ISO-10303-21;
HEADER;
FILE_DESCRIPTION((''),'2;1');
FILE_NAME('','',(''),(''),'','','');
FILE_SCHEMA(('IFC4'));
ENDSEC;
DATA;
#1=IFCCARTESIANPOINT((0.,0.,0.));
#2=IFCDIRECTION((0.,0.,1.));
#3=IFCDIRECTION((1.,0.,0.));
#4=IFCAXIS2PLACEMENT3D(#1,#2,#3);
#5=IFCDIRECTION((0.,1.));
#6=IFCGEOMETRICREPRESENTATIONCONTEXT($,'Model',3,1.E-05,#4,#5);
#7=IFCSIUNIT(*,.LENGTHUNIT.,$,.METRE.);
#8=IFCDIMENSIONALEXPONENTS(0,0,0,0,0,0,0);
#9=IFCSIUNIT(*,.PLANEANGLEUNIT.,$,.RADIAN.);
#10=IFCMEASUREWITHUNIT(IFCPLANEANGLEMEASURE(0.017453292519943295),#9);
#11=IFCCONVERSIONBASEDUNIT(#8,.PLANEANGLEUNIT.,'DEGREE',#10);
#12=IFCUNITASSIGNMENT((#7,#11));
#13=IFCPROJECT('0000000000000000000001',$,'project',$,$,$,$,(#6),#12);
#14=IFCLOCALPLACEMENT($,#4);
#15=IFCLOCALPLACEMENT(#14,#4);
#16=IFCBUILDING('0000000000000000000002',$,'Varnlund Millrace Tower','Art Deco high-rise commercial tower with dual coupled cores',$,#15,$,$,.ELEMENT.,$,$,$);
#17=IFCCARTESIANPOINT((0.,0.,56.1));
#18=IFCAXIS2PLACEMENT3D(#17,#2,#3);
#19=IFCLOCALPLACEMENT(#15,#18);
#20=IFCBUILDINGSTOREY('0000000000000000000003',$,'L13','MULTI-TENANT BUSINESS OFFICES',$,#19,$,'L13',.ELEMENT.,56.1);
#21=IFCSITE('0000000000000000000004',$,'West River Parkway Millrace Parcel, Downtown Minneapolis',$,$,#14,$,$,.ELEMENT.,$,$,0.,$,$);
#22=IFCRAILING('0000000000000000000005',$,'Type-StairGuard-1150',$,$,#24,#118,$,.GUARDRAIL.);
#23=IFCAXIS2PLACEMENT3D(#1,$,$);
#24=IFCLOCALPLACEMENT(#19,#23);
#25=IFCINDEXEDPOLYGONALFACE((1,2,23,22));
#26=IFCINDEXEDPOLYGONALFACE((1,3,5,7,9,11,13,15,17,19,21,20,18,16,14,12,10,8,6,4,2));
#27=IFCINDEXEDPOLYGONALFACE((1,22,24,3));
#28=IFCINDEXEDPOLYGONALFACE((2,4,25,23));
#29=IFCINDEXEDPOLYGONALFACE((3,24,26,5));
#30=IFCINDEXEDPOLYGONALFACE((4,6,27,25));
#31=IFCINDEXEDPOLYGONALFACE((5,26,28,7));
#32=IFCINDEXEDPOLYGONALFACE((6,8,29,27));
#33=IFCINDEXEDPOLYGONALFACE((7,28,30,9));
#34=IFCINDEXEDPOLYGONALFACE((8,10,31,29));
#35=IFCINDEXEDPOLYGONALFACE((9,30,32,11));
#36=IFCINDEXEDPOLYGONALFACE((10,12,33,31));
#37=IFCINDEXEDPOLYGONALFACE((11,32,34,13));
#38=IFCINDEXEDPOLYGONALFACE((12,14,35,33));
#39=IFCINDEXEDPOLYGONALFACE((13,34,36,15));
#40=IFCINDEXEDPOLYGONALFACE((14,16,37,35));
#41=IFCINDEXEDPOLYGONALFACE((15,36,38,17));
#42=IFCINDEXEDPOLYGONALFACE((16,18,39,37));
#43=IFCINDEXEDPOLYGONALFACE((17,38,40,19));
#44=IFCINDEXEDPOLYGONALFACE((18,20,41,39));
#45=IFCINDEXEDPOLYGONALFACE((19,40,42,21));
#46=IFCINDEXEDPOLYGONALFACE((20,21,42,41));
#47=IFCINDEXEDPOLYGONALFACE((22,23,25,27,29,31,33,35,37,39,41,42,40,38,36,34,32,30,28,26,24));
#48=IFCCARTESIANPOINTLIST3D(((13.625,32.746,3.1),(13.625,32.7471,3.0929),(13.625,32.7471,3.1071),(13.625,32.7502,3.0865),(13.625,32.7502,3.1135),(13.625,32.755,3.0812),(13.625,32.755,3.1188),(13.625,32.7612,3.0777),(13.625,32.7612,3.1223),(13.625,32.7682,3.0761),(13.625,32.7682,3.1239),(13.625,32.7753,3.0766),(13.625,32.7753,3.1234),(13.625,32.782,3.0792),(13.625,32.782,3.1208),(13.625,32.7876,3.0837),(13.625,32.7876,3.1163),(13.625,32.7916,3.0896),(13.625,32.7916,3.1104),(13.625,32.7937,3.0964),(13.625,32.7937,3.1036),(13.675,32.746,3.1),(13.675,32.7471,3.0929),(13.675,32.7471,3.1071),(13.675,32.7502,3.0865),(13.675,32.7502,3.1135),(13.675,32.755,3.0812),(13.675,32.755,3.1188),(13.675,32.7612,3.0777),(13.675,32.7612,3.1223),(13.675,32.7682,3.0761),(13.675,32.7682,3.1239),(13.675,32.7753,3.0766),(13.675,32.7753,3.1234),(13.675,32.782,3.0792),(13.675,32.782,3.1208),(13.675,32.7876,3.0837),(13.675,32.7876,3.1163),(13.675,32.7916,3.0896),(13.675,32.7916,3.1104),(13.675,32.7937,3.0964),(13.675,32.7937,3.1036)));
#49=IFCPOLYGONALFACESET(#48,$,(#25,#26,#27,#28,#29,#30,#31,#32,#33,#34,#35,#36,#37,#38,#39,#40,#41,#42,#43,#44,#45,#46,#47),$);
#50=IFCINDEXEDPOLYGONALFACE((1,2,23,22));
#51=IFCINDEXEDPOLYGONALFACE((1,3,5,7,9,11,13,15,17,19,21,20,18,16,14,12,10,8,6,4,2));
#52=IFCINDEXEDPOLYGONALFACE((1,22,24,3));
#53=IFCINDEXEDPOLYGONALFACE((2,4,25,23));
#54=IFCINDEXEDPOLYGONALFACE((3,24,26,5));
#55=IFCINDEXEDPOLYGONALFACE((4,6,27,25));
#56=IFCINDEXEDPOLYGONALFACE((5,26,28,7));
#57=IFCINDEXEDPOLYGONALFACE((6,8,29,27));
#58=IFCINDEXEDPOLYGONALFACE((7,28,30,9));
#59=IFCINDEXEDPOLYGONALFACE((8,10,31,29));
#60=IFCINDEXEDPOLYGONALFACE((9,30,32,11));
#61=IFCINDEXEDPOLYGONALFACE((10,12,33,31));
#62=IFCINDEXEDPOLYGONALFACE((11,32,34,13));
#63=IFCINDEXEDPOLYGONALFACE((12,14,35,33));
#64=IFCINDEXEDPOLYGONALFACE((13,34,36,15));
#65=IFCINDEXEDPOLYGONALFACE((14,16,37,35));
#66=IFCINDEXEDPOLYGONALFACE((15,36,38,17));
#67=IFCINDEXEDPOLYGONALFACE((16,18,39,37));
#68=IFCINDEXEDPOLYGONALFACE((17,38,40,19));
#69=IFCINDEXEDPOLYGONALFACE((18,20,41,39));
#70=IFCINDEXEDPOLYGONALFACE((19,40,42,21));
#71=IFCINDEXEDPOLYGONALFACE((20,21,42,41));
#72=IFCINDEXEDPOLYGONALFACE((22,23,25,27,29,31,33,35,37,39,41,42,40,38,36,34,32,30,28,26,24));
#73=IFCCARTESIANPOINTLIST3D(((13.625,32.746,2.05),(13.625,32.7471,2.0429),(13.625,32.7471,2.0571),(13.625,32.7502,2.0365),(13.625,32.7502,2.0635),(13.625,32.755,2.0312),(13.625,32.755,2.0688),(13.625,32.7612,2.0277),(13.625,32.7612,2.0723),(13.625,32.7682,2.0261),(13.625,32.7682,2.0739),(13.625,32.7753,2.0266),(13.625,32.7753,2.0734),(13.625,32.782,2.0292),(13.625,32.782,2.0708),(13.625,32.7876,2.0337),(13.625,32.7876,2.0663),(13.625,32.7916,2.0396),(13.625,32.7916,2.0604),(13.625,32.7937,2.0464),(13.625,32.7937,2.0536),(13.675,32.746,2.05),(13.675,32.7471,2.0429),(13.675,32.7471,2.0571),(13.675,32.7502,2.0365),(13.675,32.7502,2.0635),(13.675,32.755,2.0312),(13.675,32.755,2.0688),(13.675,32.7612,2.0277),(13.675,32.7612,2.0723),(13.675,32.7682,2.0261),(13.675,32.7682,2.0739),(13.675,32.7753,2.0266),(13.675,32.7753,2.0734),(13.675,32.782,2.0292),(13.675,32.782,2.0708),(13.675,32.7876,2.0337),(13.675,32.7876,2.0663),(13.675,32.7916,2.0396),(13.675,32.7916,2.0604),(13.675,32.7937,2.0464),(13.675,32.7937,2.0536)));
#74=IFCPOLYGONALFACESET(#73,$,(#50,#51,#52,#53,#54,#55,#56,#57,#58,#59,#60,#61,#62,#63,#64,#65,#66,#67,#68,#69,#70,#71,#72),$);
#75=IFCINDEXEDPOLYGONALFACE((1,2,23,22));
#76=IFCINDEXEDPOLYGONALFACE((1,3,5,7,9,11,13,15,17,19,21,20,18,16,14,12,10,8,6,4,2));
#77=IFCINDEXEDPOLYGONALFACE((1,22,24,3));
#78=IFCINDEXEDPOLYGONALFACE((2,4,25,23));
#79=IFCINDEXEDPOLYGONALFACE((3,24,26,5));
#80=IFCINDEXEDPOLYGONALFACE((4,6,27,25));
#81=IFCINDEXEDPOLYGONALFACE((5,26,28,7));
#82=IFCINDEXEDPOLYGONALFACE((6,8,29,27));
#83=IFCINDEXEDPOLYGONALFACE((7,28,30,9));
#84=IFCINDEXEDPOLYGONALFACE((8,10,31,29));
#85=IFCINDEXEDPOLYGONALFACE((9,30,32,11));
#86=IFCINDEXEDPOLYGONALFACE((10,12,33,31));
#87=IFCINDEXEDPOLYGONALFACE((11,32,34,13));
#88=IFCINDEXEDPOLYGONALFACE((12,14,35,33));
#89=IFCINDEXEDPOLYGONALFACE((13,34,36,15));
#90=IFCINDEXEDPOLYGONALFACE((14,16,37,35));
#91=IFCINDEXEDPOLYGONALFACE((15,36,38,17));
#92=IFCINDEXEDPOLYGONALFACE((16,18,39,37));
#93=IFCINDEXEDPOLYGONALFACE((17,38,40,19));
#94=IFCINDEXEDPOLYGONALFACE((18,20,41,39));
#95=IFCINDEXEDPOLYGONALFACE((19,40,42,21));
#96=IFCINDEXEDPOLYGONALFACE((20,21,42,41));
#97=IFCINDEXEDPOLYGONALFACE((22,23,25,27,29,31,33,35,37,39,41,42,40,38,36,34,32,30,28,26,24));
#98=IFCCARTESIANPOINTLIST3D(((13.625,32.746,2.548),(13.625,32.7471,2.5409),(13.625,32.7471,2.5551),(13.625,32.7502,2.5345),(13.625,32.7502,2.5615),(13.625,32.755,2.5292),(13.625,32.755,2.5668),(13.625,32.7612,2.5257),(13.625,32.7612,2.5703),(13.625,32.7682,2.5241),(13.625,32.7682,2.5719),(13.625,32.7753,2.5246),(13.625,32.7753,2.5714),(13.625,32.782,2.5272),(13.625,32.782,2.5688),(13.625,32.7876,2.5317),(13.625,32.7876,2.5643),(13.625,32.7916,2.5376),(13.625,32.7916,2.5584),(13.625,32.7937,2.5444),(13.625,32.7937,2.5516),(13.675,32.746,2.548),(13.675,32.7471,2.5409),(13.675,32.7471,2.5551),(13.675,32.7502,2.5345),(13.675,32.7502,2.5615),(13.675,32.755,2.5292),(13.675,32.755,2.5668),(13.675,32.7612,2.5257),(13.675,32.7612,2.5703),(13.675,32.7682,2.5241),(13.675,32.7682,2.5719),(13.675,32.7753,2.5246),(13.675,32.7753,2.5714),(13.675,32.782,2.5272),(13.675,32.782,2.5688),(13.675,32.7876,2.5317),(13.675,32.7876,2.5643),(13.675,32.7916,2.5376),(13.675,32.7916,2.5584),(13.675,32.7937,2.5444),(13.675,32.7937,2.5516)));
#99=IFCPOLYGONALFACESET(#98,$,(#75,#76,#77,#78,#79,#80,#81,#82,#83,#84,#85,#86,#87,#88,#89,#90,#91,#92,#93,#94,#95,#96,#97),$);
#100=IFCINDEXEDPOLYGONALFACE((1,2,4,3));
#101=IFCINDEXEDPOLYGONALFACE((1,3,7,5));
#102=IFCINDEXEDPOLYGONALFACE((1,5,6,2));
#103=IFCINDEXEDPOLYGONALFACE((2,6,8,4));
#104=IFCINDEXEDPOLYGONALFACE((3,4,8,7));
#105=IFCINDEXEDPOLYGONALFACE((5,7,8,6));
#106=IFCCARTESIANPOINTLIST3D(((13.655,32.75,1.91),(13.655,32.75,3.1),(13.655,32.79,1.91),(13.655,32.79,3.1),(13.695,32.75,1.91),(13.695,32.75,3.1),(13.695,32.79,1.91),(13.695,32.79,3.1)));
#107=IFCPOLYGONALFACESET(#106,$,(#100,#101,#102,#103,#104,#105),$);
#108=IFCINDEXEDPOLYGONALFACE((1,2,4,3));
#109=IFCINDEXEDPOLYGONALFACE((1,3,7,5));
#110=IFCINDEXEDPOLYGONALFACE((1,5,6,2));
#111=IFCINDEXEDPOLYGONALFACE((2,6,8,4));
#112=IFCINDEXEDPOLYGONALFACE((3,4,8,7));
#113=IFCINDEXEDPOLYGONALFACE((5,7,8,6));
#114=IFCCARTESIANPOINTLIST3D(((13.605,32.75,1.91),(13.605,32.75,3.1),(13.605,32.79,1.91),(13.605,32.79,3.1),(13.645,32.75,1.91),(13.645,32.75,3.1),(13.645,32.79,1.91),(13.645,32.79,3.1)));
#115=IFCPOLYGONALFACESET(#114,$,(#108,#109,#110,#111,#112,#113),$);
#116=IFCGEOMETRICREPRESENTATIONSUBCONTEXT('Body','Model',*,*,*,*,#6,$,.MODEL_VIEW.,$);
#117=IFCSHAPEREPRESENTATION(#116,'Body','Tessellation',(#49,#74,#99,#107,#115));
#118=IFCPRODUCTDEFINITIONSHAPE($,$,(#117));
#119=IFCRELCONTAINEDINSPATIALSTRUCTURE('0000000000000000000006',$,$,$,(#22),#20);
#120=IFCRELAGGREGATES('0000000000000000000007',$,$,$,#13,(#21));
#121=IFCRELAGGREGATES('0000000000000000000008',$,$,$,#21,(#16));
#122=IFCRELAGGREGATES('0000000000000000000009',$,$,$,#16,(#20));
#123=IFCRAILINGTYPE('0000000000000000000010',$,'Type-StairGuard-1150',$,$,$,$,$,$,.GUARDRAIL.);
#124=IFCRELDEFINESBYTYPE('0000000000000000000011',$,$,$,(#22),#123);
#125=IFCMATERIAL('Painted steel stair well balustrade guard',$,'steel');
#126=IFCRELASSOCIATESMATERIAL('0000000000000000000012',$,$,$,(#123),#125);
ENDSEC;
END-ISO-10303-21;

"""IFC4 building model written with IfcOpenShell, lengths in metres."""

from ifc_helpers import new_model, entity, si_unit, converted_unit, direction, frame, origin_with_axes, origin_2d_with_axis, place, context, subcontext, project, spatial, rectangle, circle, extrude, material, type_object, element, save


model = new_model("IFC4")

# Units and contexts
model_context = context("Model", 3, precision=1e-05, world=origin_with_axes(), true_north=direction((0.0, 1.0)))
body_context = subcontext(model_context, "Body", "Model", "MODEL_VIEW")
ifc_project = project(units=[si_unit("LENGTHUNIT", "METRE"), converted_unit("PLANEANGLEUNIT", "DEGREE", entity("IfcPlaneAngleMeasure", 0.017453292519943295), si_unit("PLANEANGLEUNIT", "RADIAN"), dimensions=[0, 0, 0, 0, 0, 0, 0])], contexts=[model_context])

# Site, building, storey
site_placement = place(None, origin_with_axes())
site = spatial("IfcSite", under=ifc_project, at=site_placement, Name="West River Parkway Millrace Parcel, Downtown Minneapolis", CompositionType="ELEMENT", RefElevation=0.0)
building_placement = place(site_placement, origin_with_axes())
building = spatial("IfcBuilding", under=site, at=building_placement, Name="Varnlund Millrace Tower", Description="Art Deco high-rise commercial tower with dual coupled cores", CompositionType="ELEMENT")
storey_placement = place(building_placement, frame((0.0, 0.0, 56.1), z_axis=(0.0, 0.0, 1.0), x_axis=(1.0, 0.0, 0.0)))
storey = spatial("IfcBuildingStorey", under=building, at=storey_placement, Name="L13", Description="MULTI-TENANT BUSINESS OFFICES", LongName="L13", CompositionType="ELEMENT", Elevation=56.1)

# Railing
ifc_material_1 = material(Name="Painted steel stair well balustrade guard", Category="steel")
railing_type_1 = type_object("IfcRailingType", Name="Type-StairGuard-1150", PredefinedType="GUARDRAIL", material=ifc_material_1)
railing_1_placement = place(storey_placement, frame((0.0, 0.0, -56.1), z_axis=(0.0, 0.0, 1.0), x_axis=(1.0, 0.0, 0.0)))
element("IfcRailing", 1, at=railing_1_placement, inside=storey, type_object=railing_type_1, Name="Type-StairGuard-1150", PredefinedType="GUARDRAIL", context=body_context, shape_type="SweptSolid", body=[
    extrude(circle(Radius=0.024, at=origin_2d_with_axis()), frame((13.675, 32.77, 59.2), z_axis=(-1.0, 0.0, 0.0), x_axis=(0.0, -1.0, 0.0)), (0.0, 0.0, 1.0), 0.05),
    extrude(circle(Radius=0.024, at=origin_2d_with_axis()), frame((13.675, 32.77, 58.15), z_axis=(-1.0, 0.0, 0.0), x_axis=(0.0, -1.0, 0.0)), (0.0, 0.0, 1.0), 0.05),
    extrude(circle(Radius=0.024, at=origin_2d_with_axis()), frame((13.675, 32.77, 58.648), z_axis=(-1.0, 0.0, 0.0), x_axis=(0.0, -1.0, 0.0)), (0.0, 0.0, 1.0), 0.05),
    extrude(rectangle(XDim=0.04, YDim=0.04, at=origin_2d_with_axis()), frame((13.675, 32.77, 58.01), z_axis=(0.0, 0.0, 1.0), x_axis=(1.0, 0.0, 0.0)), (0.0, 0.0, 1.0), 1.19),
    extrude(rectangle(XDim=0.04, YDim=0.04, at=origin_2d_with_axis()), frame((13.625, 32.77, 58.01), z_axis=(0.0, 0.0, 1.0), x_axis=(1.0, 0.0, 0.0)), (0.0, 0.0, 1.0), 1.19),
])

save(model, "model.ifc")
